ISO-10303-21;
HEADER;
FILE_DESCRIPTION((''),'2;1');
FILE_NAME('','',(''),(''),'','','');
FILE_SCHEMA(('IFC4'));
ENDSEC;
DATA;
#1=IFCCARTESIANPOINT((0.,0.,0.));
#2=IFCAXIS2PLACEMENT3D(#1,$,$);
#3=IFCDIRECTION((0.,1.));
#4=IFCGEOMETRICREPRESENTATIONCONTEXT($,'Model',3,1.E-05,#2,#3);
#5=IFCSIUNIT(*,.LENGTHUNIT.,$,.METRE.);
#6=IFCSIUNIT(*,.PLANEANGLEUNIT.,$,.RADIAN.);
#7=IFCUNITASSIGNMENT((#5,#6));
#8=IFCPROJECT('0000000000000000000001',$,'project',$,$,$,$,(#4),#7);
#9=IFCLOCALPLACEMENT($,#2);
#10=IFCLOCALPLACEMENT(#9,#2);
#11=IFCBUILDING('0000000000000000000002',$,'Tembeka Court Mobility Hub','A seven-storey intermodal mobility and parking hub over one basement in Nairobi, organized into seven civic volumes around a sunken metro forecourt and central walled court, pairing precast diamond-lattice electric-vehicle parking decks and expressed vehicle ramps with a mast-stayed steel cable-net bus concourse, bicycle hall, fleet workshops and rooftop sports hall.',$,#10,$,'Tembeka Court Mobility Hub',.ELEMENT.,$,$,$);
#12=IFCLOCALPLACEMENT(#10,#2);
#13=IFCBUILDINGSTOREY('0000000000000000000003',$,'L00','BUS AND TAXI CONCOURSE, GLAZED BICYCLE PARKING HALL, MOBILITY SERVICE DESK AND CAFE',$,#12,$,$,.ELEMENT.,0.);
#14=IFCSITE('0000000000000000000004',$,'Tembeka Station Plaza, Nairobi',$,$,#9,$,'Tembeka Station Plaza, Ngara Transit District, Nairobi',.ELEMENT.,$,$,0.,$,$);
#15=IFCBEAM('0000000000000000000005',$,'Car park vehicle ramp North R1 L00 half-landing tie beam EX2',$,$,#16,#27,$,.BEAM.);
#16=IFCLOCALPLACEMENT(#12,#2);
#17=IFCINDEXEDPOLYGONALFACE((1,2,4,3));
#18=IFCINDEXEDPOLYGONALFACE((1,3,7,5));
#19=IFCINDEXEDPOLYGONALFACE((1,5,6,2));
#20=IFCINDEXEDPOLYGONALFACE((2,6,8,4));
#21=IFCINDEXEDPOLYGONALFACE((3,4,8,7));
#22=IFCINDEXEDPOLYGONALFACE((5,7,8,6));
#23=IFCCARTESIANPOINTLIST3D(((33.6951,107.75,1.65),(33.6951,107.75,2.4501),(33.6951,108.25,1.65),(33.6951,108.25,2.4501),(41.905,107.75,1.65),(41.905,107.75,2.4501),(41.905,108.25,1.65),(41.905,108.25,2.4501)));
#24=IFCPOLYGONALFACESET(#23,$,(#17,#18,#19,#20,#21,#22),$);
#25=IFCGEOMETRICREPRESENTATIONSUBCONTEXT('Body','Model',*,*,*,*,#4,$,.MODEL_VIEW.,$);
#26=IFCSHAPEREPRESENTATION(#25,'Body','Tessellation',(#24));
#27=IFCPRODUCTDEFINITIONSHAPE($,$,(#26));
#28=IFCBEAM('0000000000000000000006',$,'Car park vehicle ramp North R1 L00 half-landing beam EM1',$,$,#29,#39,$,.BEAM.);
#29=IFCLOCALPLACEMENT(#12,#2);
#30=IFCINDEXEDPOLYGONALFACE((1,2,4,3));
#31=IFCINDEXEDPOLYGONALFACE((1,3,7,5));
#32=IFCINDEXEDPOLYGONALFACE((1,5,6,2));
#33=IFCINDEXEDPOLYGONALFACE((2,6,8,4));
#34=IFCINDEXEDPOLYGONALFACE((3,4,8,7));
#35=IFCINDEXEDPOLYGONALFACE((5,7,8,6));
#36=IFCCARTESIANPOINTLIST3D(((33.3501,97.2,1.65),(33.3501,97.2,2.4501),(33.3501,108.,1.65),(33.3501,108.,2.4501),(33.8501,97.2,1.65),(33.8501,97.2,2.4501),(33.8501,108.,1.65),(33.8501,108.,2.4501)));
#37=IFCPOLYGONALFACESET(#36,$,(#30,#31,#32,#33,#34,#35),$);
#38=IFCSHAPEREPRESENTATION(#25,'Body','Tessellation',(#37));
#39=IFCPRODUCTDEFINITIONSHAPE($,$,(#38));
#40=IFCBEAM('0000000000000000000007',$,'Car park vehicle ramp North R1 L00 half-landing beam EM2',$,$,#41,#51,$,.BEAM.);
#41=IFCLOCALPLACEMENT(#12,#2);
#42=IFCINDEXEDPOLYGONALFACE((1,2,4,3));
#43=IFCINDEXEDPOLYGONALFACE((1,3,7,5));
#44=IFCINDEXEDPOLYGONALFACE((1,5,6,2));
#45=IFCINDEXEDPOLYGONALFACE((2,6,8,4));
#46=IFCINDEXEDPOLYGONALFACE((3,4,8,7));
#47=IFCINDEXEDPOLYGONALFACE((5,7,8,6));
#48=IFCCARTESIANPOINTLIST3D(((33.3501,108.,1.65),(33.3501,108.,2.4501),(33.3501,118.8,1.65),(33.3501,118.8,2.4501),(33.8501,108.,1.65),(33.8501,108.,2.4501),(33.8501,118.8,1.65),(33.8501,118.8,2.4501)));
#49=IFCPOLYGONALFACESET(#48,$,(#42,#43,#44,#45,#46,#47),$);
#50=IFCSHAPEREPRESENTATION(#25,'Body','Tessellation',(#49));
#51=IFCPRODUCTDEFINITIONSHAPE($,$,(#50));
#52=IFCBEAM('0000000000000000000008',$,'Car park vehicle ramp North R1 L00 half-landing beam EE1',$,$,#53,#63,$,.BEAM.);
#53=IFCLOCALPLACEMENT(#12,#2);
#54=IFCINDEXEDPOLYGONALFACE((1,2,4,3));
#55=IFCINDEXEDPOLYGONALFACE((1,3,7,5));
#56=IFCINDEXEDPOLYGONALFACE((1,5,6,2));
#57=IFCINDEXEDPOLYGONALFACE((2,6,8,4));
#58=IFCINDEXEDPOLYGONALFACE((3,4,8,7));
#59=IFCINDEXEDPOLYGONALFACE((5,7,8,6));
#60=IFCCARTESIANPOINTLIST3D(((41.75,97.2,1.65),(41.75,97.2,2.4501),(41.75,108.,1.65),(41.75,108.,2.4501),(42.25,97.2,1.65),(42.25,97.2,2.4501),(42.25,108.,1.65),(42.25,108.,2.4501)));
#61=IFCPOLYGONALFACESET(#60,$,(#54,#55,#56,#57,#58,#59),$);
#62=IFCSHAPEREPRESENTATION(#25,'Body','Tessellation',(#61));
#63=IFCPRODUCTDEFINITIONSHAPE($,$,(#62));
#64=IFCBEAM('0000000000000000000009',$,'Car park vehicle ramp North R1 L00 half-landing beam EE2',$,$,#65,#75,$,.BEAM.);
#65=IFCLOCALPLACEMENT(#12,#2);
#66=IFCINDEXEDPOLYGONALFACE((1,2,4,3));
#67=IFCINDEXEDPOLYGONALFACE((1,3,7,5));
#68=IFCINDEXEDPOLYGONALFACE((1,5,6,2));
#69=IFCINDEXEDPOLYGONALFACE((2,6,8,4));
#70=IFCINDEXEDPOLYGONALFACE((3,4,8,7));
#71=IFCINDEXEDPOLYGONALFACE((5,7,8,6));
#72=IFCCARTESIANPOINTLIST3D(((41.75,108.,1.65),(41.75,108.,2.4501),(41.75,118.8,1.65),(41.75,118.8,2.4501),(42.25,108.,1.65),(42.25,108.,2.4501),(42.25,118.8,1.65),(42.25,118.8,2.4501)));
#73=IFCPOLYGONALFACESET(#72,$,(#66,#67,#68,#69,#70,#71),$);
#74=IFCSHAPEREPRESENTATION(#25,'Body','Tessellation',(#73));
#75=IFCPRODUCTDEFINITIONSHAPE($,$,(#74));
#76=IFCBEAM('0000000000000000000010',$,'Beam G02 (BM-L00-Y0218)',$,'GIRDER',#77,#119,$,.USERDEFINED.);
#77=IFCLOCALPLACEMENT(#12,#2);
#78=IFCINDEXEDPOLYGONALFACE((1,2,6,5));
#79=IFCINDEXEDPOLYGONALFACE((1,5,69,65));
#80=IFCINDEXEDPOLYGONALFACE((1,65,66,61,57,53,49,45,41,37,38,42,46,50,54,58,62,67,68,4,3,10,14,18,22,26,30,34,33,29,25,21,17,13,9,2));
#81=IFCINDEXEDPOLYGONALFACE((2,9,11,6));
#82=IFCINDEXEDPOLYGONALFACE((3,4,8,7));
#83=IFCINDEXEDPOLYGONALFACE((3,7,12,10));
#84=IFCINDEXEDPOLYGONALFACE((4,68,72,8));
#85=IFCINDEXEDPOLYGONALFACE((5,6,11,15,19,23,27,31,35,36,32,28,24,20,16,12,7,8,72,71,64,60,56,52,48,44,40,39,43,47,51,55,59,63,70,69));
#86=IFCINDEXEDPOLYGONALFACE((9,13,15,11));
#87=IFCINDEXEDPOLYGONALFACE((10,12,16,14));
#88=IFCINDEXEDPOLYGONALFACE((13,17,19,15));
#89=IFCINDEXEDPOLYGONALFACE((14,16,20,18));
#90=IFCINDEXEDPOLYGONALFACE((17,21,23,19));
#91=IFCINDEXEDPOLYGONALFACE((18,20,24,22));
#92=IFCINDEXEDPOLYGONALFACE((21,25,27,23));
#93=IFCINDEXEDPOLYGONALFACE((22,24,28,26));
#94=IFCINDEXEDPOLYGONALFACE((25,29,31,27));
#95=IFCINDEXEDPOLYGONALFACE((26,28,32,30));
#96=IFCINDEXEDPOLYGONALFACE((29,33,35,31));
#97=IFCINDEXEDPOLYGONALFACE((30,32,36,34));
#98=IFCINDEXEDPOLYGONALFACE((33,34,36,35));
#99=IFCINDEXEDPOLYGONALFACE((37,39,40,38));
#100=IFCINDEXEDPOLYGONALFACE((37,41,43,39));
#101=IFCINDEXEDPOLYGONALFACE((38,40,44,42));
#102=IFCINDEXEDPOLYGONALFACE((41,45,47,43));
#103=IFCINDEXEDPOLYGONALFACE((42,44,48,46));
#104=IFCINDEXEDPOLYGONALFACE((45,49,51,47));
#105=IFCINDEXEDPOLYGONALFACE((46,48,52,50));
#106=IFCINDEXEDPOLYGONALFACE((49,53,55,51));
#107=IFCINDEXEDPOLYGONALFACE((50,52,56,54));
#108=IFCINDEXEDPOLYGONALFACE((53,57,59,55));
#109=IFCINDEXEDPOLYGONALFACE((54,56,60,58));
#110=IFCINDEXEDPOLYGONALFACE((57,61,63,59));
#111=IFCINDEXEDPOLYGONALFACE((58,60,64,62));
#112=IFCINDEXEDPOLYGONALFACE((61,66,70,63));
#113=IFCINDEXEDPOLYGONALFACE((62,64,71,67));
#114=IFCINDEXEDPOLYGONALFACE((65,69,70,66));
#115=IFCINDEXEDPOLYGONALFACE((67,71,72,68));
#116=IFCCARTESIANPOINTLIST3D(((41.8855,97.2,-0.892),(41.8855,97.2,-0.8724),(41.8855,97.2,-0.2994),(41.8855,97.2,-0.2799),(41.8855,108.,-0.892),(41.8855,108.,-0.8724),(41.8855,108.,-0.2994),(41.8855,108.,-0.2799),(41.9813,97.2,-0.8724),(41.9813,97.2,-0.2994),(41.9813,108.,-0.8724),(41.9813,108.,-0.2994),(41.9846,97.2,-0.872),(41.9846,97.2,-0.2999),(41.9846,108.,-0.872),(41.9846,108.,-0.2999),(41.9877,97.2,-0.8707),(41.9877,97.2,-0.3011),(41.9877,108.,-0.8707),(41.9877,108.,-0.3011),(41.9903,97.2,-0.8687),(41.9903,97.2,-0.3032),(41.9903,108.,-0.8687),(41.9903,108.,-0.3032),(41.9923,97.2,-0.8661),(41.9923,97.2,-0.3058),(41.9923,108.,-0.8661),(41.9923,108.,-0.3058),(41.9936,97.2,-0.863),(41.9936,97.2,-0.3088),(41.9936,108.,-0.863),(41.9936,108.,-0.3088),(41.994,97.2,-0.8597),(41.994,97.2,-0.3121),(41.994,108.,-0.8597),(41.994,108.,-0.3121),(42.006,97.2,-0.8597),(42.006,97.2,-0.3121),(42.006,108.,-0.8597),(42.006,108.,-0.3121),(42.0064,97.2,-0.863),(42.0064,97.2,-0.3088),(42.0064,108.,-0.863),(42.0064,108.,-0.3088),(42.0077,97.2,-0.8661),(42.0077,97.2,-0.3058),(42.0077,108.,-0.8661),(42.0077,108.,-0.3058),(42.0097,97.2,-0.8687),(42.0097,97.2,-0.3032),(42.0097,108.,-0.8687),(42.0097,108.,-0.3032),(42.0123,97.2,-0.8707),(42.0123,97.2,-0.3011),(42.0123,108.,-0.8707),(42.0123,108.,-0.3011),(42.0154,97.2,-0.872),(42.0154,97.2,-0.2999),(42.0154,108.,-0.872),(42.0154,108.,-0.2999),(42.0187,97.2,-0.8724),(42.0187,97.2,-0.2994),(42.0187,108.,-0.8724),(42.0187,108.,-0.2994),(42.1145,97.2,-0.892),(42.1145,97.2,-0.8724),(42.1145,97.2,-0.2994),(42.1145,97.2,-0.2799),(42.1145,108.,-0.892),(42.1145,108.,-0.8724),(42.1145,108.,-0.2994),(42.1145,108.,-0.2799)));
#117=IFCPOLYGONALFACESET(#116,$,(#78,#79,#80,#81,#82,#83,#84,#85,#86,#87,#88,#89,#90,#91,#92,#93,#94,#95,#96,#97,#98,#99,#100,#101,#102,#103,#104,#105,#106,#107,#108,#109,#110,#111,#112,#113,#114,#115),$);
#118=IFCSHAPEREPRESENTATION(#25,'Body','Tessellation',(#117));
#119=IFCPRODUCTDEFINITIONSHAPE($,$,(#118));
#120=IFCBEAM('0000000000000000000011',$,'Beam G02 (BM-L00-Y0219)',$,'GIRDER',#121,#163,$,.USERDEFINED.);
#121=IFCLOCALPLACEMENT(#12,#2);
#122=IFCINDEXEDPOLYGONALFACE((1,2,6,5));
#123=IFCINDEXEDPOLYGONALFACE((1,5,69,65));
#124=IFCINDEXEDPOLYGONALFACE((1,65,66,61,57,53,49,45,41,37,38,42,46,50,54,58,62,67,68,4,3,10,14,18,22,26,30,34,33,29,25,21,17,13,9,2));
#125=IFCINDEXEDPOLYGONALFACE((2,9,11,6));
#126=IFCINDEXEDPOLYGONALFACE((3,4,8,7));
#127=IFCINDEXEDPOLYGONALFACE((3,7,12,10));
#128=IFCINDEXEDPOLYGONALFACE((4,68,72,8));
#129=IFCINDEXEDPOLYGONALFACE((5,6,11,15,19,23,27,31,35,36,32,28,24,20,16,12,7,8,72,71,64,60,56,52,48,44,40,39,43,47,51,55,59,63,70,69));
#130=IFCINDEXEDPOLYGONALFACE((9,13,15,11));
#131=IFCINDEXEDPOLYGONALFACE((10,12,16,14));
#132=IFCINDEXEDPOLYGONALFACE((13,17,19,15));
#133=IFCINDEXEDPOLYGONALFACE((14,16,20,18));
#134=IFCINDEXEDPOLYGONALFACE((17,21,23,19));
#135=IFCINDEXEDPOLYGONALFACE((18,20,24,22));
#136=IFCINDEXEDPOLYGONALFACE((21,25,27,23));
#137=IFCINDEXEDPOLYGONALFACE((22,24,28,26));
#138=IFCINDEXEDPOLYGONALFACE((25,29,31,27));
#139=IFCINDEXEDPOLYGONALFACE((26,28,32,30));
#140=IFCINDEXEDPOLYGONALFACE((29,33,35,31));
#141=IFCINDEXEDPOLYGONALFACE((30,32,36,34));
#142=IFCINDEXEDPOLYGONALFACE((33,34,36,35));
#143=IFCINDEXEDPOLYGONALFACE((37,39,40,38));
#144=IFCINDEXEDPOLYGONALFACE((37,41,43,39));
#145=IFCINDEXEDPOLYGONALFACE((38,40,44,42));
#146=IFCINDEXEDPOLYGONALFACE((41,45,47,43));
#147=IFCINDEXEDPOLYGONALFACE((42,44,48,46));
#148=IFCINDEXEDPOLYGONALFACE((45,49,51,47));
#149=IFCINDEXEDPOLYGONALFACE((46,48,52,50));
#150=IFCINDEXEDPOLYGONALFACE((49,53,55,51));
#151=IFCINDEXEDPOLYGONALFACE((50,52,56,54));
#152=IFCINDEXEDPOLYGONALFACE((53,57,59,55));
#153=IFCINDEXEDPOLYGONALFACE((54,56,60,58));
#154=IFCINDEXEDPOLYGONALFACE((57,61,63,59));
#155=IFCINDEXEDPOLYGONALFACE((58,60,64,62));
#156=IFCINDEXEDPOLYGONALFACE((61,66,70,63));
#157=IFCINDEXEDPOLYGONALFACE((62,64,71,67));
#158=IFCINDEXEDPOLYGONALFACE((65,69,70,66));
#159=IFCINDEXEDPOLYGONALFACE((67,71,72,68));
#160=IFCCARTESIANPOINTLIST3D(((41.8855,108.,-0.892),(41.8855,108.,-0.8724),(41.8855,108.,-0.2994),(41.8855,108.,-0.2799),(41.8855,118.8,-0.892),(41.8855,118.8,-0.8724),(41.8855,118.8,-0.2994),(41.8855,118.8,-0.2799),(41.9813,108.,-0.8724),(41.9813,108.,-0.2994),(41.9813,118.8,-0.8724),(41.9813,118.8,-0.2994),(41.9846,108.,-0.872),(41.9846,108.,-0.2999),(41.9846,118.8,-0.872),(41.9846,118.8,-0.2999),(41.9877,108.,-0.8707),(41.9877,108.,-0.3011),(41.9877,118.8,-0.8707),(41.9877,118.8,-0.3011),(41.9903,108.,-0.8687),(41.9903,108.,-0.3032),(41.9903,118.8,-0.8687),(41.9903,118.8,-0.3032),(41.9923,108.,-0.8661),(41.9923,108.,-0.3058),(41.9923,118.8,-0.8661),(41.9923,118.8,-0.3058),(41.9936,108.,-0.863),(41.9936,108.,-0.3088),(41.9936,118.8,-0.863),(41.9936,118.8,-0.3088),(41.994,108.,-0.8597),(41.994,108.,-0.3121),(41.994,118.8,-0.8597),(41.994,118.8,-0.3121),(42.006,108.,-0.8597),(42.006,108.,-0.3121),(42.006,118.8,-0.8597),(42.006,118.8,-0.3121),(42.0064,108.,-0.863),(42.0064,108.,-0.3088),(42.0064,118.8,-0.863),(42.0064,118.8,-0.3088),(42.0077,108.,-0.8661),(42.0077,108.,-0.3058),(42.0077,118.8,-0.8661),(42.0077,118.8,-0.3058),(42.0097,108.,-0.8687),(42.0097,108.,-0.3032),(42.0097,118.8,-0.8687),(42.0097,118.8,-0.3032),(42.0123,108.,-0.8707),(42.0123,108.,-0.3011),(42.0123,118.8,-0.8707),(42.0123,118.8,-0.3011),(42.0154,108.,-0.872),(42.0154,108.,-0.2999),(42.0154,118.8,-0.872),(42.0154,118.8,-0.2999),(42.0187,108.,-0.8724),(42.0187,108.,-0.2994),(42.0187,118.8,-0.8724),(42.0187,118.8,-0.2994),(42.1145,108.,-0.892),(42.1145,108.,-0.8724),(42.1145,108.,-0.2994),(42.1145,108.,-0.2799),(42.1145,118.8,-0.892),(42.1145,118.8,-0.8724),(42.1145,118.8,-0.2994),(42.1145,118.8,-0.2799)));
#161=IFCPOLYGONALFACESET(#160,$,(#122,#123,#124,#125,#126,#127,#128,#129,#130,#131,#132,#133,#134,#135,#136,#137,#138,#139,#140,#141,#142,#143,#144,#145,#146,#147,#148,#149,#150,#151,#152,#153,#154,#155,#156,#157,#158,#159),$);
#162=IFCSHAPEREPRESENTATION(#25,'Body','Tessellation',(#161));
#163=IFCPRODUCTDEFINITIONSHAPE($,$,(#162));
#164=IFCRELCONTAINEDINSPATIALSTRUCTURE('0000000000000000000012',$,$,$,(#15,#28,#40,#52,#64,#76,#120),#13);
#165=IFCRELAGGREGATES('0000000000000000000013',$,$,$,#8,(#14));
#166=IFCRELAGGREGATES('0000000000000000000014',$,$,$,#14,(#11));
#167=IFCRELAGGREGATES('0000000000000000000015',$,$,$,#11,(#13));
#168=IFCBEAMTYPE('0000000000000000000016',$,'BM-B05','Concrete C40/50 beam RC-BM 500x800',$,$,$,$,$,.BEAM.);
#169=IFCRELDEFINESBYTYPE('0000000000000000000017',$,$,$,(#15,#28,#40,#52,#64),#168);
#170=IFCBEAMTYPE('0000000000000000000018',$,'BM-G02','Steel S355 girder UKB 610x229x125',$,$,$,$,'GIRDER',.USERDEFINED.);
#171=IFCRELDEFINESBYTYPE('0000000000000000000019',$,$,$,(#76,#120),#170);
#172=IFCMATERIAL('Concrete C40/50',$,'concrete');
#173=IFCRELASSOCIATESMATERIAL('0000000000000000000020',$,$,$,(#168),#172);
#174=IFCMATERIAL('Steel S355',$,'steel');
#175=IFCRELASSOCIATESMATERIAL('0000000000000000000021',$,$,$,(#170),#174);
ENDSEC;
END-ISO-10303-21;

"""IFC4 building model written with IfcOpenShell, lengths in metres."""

from ifc_helpers import new_model, si_unit, direction, frame, origin, origin_2d, place, context, subcontext, project, spatial, rectangle, i_section, extrude, material, material_profile, profile_set, type_object, element, save


model = new_model("IFC4")

# Units and contexts
model_context = context("Model", 3, precision=1e-05, world=origin(), true_north=direction((0.0, 1.0)))
body_context = subcontext(model_context, "Body", "Model", "MODEL_VIEW")
ifc_project = project(units=[si_unit("LENGTHUNIT", "METRE"), si_unit("PLANEANGLEUNIT", "RADIAN")], contexts=[model_context])

# Site, building, storey
site_placement = place(None, origin())
site = spatial("IfcSite", under=ifc_project, at=site_placement, Name="Tembeka Station Plaza, Nairobi", LongName="Tembeka Station Plaza, Ngara Transit District, Nairobi", CompositionType="ELEMENT", RefElevation=0.0)
building_placement = place(site_placement, origin())
building = spatial("IfcBuilding", under=site, at=building_placement, Name="Tembeka Court Mobility Hub", Description="A seven-storey intermodal mobility and parking hub over one basement in Nairobi, organized into seven civic volumes around a sunken metro forecourt and central walled court, pairing precast diamond-lattice electric-vehicle parking decks and expressed vehicle ramps with a mast-stayed steel cable-net bus concourse, bicycle hall, fleet workshops and rooftop sports hall.", LongName="Tembeka Court Mobility Hub", CompositionType="ELEMENT")
storey_placement = place(building_placement, origin())
storey = spatial("IfcBuildingStorey", under=building, at=storey_placement, Name="L00", Description="BUS AND TAXI CONCOURSE, GLAZED BICYCLE PARKING HALL, MOBILITY SERVICE DESK AND CAFE", CompositionType="ELEMENT", Elevation=0.0)

# Shared definitions
ifc_material_1 = material(Name="Steel S355", Category="steel")

# Beams
ifc_material_2 = material(Name="Concrete C40/50", Category="concrete")
ifc_material_profile_1 = material_profile(ifc_material_2, rectangle(XDim=0.5, YDim=0.8, at=origin_2d()), Name="RC-BM 500x800")
ifc_profile_set_1 = profile_set([ifc_material_profile_1], Name="Concrete C40/50")
beam_type_1 = type_object("IfcBeamType", Name="BM-B05", Description="Concrete C40/50 beam RC-BM 500x800", PredefinedType="BEAM", material=ifc_profile_set_1)
for number, where, z_axis, x_axis, name in (
    (1, (33.6951, 108.0, 2.05), (1.0, 0.0, 0.0), (0.0, 1.0, 0.0), "Car park vehicle ramp North R1 L00 half-landing tie beam EX2"),
):
    element("IfcBeam", number, at=place(storey_placement, frame(where, z_axis=z_axis, x_axis=x_axis)), inside=storey, type_object=beam_type_1, Name=name, PredefinedType="BEAM", context=body_context, shape_type="SweptSolid", body=[
        extrude(rectangle(XDim=0.5, YDim=0.8, at=origin_2d()), origin(), (0.0, 0.0, 1.0), 8.21),
    ])
for number, where, z_axis, x_axis, name in (
    (2, (33.6001, 97.2, 2.05), (0.0, 1.0, 0.0), (-1.0, 0.0, 0.0), "Car park vehicle ramp North R1 L00 half-landing beam EM1"),
    (3, (33.6001, 108.0, 2.05), (0.0, 1.0, 0.0), (-1.0, 0.0, 0.0), "Car park vehicle ramp North R1 L00 half-landing beam EM2"),
    (4, (42.0, 97.2, 2.05), (0.0, 1.0, 0.0), (-1.0, 0.0, 0.0), "Car park vehicle ramp North R1 L00 half-landing beam EE1"),
    (5, (42.0, 108.0, 2.05), (0.0, 1.0, 0.0), (-1.0, 0.0, 0.0), "Car park vehicle ramp North R1 L00 half-landing beam EE2"),
):
    element("IfcBeam", number, at=place(storey_placement, frame(where, z_axis=z_axis, x_axis=x_axis)), inside=storey, type_object=beam_type_1, Name=name, PredefinedType="BEAM", context=body_context, shape_type="SweptSolid", body=[
        extrude(rectangle(XDim=0.5, YDim=0.8, at=origin_2d()), origin(), (0.0, 0.0, 1.0), 10.8),
    ])
ifc_material_profile_2 = material_profile(ifc_material_1, i_section(OverallWidth=0.229, OverallDepth=0.6121, WebThickness=0.012, FlangeThickness=0.0195, FilletRadius=0.0127, at=origin_2d()), Name="UKB 610x229x125")
ifc_profile_set_2 = profile_set([ifc_material_profile_2], Name="Steel S355")
beam_type_2 = type_object("IfcBeamType", Name="BM-G02", Description="Steel S355 girder UKB 610x229x125", ElementType="GIRDER", PredefinedType="USERDEFINED", material=ifc_profile_set_2)
for number, where, z_axis, x_axis, name in (
    (6, (42.0, 97.2, -0.5859), (0.0, 1.0, 0.0), (-1.0, 0.0, 0.0), "Beam G02 (BM-L00-Y0218)"),
    (7, (42.0, 108.0, -0.5859), (0.0, 1.0, 0.0), (-1.0, 0.0, 0.0), "Beam G02 (BM-L00-Y0219)"),
):
    element("IfcBeam", number, at=place(storey_placement, frame(where, z_axis=z_axis, x_axis=x_axis)), inside=storey, type_object=beam_type_2, Name=name, ObjectType="GIRDER", PredefinedType="USERDEFINED", context=body_context, shape_type="SweptSolid", body=[
        extrude(i_section(OverallWidth=0.229, OverallDepth=0.6121, WebThickness=0.012, FlangeThickness=0.0195, FilletRadius=0.0127, at=origin_2d()), origin(), (0.0, 0.0, 1.0), 10.8),
    ])

save(model, "model.ifc")
